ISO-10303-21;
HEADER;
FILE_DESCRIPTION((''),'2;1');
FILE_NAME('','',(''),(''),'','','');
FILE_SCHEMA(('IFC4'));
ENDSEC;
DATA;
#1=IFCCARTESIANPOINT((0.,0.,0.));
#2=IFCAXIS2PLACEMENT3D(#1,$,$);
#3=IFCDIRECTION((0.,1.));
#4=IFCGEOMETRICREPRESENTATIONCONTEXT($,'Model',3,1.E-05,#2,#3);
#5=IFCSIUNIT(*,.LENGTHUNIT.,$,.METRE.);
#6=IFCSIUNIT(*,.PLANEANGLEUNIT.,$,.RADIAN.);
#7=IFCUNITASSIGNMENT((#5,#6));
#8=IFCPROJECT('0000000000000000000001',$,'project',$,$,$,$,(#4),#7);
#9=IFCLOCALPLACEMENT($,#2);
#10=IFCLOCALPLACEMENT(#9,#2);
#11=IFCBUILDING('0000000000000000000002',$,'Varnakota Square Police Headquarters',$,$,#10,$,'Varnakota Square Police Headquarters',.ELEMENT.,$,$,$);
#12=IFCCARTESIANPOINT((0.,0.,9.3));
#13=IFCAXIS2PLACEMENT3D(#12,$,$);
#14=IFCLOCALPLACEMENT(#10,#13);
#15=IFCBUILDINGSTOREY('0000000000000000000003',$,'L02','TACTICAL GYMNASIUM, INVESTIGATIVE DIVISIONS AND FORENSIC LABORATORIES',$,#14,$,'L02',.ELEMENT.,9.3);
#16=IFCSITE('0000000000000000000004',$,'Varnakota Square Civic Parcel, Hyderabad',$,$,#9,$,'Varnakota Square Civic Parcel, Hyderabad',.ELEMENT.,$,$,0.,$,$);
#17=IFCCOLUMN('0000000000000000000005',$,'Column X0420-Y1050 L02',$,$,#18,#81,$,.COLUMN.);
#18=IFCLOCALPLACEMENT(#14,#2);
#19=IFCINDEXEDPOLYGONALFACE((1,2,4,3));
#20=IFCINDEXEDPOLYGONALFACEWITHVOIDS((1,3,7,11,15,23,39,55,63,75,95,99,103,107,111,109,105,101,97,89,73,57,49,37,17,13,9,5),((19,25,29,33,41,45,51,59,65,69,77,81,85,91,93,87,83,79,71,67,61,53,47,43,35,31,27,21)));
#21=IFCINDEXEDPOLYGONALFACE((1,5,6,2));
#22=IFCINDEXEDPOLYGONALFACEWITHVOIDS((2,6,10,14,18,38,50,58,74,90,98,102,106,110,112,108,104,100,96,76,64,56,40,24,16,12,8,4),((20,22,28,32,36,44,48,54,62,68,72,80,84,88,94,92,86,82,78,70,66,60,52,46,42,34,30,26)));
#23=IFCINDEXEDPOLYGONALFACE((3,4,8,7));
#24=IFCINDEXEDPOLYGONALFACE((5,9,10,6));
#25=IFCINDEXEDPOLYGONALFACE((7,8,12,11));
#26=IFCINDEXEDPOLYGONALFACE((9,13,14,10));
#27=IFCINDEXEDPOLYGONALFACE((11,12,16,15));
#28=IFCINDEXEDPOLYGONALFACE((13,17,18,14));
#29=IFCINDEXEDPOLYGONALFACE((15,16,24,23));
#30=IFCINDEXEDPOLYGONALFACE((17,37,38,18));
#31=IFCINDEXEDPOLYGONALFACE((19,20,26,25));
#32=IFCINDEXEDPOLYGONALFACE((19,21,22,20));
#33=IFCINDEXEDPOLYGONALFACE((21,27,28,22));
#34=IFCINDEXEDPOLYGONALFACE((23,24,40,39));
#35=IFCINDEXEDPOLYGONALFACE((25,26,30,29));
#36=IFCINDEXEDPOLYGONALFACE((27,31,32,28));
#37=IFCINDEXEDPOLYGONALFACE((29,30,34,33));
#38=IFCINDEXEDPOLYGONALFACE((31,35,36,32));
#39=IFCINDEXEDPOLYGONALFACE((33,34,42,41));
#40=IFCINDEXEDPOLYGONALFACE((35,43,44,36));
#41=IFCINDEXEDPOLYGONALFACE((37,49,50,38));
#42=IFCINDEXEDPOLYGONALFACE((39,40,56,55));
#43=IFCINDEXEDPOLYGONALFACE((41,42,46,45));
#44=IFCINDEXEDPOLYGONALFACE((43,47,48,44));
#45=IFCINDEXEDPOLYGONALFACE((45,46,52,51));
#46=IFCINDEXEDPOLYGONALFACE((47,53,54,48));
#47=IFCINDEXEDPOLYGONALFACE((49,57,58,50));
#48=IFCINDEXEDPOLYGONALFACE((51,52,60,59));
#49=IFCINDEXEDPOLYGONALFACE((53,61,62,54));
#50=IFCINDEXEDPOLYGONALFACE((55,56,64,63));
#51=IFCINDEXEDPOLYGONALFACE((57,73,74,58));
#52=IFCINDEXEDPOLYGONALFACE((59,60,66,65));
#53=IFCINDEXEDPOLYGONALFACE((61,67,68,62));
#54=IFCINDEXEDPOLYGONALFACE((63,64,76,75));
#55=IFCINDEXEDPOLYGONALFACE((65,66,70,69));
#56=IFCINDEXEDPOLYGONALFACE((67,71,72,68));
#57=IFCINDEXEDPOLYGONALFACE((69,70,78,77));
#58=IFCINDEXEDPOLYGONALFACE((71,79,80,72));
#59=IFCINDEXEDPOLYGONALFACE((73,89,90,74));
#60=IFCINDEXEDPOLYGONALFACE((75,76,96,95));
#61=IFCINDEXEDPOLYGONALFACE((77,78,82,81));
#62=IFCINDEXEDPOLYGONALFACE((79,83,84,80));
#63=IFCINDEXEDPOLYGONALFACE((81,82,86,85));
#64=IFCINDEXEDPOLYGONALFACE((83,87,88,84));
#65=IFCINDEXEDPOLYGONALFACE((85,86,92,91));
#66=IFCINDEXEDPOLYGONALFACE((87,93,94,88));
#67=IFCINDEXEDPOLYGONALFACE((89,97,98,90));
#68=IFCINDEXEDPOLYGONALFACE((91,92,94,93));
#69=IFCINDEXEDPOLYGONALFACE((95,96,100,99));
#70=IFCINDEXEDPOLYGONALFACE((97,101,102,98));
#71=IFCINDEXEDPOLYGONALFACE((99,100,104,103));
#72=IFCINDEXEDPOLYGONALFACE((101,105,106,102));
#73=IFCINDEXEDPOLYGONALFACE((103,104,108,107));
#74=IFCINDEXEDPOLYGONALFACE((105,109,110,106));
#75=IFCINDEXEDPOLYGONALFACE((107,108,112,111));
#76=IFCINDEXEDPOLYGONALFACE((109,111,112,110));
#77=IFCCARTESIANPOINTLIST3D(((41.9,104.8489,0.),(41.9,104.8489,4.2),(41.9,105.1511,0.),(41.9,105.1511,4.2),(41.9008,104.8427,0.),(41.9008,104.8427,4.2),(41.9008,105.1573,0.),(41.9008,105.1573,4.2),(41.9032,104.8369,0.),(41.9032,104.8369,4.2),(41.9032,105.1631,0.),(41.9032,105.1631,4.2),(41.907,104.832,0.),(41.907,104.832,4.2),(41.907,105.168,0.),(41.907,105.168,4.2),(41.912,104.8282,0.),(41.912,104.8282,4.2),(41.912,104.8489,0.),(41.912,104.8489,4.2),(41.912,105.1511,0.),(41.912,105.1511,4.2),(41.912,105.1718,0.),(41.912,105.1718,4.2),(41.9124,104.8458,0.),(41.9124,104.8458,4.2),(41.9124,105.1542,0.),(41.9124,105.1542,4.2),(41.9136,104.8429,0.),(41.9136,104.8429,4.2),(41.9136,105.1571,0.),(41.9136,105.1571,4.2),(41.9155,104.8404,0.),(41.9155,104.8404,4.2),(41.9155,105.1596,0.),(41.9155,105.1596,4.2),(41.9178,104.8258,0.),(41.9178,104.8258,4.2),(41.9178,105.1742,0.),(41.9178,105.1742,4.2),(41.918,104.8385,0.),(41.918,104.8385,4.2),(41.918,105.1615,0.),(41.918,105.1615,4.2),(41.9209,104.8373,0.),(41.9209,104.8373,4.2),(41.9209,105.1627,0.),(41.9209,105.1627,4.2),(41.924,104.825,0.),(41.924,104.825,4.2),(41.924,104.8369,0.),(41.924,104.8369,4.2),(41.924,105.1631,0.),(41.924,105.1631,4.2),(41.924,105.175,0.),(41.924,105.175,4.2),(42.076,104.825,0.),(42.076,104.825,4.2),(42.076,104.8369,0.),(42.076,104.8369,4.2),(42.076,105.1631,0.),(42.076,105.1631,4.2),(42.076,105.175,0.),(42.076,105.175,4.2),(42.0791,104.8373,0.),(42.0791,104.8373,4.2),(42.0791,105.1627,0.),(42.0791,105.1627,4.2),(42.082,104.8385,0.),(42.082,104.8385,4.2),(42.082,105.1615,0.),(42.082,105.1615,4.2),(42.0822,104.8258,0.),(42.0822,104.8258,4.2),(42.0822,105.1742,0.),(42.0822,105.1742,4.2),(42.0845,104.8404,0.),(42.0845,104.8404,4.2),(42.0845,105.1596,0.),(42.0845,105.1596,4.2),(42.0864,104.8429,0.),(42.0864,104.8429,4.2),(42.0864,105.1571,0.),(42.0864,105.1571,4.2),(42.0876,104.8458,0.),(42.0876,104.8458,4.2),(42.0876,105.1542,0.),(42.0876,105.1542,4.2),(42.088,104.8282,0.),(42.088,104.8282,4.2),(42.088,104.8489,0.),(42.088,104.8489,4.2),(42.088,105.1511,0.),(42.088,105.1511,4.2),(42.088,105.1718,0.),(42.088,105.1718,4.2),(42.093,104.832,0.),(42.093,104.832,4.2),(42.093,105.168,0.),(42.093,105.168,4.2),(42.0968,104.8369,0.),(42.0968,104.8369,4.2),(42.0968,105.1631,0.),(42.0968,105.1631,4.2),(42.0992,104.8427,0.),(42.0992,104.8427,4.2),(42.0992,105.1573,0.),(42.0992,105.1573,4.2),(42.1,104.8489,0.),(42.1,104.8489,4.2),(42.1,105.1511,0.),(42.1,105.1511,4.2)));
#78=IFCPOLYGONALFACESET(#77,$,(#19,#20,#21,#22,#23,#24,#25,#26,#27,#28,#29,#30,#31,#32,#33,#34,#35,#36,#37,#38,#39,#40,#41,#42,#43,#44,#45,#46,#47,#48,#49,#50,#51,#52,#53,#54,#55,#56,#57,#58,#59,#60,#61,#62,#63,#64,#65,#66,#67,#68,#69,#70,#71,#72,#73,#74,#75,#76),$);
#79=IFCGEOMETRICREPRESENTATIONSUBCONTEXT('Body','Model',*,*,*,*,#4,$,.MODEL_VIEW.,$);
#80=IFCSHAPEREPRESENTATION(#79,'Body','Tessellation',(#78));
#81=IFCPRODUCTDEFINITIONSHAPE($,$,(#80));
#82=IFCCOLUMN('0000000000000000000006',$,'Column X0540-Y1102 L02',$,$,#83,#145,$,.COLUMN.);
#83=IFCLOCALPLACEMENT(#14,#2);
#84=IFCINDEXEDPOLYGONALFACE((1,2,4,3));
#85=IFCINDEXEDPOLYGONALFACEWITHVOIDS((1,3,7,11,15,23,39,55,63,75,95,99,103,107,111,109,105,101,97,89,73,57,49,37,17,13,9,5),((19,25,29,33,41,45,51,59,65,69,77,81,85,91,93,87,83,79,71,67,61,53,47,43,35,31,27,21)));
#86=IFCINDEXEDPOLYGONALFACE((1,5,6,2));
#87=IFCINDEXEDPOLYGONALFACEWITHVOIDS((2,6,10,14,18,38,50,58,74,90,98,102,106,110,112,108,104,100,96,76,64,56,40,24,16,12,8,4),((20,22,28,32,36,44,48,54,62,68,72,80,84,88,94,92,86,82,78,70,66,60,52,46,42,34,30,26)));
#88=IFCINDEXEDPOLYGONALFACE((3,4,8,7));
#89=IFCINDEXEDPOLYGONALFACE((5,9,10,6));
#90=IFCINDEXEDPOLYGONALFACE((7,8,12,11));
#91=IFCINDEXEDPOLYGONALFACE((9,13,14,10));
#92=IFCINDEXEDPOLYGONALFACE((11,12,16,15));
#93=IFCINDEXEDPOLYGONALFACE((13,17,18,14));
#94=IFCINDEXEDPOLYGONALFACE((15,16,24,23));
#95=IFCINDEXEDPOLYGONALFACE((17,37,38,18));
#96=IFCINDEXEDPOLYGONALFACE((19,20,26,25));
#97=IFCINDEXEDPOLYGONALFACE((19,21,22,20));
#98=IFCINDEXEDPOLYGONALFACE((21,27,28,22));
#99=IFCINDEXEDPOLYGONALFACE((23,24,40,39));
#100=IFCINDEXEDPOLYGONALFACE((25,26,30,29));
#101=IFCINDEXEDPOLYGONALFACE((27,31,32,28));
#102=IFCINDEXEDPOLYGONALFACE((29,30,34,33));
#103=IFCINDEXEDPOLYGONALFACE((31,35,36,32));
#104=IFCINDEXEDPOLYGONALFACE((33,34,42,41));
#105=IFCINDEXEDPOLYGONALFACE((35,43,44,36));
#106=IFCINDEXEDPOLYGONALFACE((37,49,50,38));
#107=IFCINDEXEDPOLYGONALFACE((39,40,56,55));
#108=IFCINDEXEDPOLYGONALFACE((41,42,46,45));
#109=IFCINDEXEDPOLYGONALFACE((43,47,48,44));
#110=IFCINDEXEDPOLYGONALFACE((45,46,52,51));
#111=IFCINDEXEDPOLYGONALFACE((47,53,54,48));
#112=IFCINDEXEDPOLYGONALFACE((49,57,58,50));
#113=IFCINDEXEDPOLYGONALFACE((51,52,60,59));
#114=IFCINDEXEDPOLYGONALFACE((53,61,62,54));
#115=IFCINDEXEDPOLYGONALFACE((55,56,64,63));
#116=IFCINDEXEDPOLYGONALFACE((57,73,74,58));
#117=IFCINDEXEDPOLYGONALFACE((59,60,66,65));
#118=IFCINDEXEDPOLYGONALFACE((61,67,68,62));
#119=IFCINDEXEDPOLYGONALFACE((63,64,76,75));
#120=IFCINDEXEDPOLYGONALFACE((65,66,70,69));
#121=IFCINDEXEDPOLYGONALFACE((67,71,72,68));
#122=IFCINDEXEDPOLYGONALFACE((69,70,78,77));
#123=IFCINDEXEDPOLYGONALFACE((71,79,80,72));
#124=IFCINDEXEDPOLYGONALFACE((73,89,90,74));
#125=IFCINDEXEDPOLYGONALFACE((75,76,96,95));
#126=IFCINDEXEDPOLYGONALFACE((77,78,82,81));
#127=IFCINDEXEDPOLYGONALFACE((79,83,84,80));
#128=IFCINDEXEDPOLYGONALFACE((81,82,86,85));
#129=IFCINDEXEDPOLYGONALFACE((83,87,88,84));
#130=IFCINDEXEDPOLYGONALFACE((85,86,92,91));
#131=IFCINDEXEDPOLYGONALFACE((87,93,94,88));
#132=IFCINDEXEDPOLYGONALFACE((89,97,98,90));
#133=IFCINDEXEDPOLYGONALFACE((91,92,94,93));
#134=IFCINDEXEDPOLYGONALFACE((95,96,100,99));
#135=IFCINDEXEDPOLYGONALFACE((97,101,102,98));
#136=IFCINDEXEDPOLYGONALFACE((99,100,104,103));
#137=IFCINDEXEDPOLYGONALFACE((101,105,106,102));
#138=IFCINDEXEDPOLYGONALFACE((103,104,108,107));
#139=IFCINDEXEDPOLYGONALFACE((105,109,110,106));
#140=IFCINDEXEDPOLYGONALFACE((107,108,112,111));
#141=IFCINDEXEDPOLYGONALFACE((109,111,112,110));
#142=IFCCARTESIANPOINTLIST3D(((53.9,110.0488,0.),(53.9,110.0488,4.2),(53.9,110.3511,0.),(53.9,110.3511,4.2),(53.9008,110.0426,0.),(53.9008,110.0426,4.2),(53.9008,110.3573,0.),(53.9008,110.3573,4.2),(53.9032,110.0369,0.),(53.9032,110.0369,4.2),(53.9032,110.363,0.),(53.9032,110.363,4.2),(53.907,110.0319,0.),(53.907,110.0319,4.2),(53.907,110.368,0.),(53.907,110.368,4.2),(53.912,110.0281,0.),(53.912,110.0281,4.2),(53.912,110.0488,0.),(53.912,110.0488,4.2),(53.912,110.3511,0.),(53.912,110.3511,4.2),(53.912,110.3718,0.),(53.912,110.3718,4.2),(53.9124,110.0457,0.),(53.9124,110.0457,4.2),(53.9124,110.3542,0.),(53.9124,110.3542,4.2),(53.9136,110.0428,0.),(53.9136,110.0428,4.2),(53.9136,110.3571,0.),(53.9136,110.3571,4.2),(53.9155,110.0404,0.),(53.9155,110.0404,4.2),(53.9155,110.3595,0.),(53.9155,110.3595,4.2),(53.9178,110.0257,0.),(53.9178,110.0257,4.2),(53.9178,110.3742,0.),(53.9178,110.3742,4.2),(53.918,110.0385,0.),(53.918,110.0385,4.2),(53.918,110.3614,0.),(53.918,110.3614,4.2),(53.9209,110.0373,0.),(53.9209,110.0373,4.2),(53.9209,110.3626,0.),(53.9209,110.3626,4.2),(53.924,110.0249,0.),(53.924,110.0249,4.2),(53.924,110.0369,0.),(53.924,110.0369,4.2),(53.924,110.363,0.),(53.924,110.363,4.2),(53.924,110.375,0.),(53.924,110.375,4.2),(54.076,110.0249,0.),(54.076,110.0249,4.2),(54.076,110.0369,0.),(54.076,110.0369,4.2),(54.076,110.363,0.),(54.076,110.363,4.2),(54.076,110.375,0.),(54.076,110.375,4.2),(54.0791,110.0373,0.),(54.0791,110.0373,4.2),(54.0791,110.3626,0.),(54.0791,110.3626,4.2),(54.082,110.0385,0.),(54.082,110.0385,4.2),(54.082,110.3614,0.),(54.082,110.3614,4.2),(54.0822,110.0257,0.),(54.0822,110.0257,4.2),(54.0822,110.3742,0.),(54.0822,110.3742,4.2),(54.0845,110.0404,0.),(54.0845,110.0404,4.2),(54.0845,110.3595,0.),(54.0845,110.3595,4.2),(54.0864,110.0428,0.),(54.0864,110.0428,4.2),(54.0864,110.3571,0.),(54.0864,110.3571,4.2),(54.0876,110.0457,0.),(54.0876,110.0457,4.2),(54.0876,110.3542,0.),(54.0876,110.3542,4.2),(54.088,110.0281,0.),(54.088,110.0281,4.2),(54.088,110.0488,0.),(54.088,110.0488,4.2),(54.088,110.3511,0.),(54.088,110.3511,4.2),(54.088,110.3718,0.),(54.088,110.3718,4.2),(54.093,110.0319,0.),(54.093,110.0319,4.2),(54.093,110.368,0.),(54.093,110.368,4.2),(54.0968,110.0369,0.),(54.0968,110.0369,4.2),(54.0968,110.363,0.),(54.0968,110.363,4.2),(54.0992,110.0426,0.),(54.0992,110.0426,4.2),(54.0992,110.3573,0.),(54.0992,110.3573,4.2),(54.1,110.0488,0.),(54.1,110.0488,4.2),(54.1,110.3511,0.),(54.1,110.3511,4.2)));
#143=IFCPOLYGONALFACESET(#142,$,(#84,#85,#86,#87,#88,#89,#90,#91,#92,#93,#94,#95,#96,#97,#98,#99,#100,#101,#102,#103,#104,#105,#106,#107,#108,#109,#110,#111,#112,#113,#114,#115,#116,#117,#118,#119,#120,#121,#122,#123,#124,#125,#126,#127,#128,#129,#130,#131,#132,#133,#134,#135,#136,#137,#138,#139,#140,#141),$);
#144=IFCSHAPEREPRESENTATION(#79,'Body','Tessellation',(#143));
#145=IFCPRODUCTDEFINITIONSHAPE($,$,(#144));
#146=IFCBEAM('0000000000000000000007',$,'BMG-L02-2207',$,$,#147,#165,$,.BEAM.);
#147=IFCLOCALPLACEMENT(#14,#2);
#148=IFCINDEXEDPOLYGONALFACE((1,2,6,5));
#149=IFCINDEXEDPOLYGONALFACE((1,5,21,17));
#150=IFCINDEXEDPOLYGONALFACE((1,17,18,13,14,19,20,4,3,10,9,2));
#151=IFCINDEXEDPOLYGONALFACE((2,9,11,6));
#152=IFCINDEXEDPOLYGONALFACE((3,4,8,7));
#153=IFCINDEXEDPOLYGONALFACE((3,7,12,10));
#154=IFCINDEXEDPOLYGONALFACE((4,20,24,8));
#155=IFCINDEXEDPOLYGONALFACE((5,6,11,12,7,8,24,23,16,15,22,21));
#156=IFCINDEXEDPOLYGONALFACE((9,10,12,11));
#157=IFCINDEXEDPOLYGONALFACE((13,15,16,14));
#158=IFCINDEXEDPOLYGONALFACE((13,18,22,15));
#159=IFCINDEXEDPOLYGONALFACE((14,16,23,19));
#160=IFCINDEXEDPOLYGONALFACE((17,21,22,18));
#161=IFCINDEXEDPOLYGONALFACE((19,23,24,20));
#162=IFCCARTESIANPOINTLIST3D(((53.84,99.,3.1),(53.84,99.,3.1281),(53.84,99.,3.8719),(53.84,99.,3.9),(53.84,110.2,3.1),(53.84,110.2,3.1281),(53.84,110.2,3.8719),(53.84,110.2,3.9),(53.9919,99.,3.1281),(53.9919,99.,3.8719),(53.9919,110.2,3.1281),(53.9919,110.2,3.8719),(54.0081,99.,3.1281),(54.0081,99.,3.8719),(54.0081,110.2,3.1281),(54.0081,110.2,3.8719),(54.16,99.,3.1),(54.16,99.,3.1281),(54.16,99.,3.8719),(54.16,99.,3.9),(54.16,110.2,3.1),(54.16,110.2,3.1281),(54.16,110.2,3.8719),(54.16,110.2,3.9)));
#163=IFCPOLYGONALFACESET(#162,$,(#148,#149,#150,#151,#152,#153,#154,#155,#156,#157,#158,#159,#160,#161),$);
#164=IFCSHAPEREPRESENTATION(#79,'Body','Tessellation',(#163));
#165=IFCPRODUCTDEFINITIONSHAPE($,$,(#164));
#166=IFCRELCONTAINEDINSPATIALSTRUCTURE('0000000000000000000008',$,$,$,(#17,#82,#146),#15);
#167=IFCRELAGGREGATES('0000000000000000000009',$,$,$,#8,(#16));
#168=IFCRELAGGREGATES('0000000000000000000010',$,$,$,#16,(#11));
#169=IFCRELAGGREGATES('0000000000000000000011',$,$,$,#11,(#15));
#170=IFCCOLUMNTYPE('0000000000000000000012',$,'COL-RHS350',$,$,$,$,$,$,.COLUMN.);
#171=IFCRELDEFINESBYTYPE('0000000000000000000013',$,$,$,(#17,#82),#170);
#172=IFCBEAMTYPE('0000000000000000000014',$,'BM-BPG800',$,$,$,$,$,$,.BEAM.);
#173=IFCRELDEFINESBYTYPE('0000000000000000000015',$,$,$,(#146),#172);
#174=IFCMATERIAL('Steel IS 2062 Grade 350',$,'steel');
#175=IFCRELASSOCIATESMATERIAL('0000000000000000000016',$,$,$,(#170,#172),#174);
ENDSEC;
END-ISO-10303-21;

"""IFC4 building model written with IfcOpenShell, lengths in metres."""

from ifc_helpers import new_model, si_unit, direction, frame, origin, origin_2d, place, context, subcontext, project, spatial, hollow_rectangle, i_section, extrude, material, material_profile, profile_set, type_object, element, save


model = new_model("IFC4")

# Units and contexts
model_context = context("Model", 3, precision=1e-05, world=origin(), true_north=direction((0.0, 1.0)))
body_context = subcontext(model_context, "Body", "Model", "MODEL_VIEW")
ifc_project = project(units=[si_unit("LENGTHUNIT", "METRE"), si_unit("PLANEANGLEUNIT", "RADIAN")], contexts=[model_context])

# Site, building, storey
site_placement = place(None, origin())
site = spatial("IfcSite", under=ifc_project, at=site_placement, Name="Varnakota Square Civic Parcel, Hyderabad", LongName="Varnakota Square Civic Parcel, Hyderabad", CompositionType="ELEMENT", RefElevation=0.0)
building_placement = place(site_placement, origin())
building = spatial("IfcBuilding", under=site, at=building_placement, Name="Varnakota Square Police Headquarters", LongName="Varnakota Square Police Headquarters", CompositionType="ELEMENT")
storey_placement = place(building_placement, frame((0.0, 0.0, 9.3)))
storey = spatial("IfcBuildingStorey", under=building, at=storey_placement, Name="L02", Description="TACTICAL GYMNASIUM, INVESTIGATIVE DIVISIONS AND FORENSIC LABORATORIES", LongName="L02", CompositionType="ELEMENT", Elevation=9.3)

# Columns
ifc_material_1 = material(Name="Steel IS 2062 Grade 350", Category="steel")
ifc_material_profile_1 = material_profile(ifc_material_1, hollow_rectangle(XDim=0.2, YDim=0.3501, WallThickness=0.012, InnerFilletRadius=0.012, OuterFilletRadius=0.0239, at=origin_2d()), Name="RHS 350x200x12")
ifc_profile_set_1 = profile_set([ifc_material_profile_1], Name="Steel IS 2062 Grade 350")
column_type_1 = type_object("IfcColumnType", Name="COL-RHS350", PredefinedType="COLUMN", material=ifc_profile_set_1)
for number, where, z_axis, x_axis, name in (
    (1, (42.0, 105.0, 0.0), (0.0, 0.0, 1.0), (1.0, 0.0, 0.0), "Column X0420-Y1050 L02"),
    (2, (54.0, 110.2, 0.0), (0.0, 0.0, 1.0), (1.0, 0.0, 0.0), "Column X0540-Y1102 L02"),
):
    element("IfcColumn", number, at=place(storey_placement, frame(where, z_axis=z_axis, x_axis=x_axis)), inside=storey, type_object=column_type_1, Name=name, PredefinedType="COLUMN", context=body_context, shape_type="SweptSolid", body=[
        extrude(hollow_rectangle(XDim=0.2, YDim=0.3501, WallThickness=0.012, InnerFilletRadius=0.012, OuterFilletRadius=0.0239, at=origin_2d()), origin(), (0.0, 0.0, 1.0), 4.2),
    ])

# Beam
ifc_material_profile_2 = material_profile(ifc_material_1, i_section(OverallWidth=0.3201, OverallDepth=0.8, WebThickness=0.0161, FlangeThickness=0.0281, at=origin_2d()), Name="BPG 800x320")
ifc_profile_set_2 = profile_set([ifc_material_profile_2], Name="Steel IS 2062 Grade 350")
beam_type_1 = type_object("IfcBeamType", Name="BM-BPG800", PredefinedType="BEAM", material=ifc_profile_set_2)
beam_1_placement = place(storey_placement, frame((54.0, 99.0, 3.5), z_axis=(0.0, 1.0, 0.0), x_axis=(-1.0, 0.0, 0.0)))
element("IfcBeam", 3, at=beam_1_placement, inside=storey, type_object=beam_type_1, Name="BMG-L02-2207", PredefinedType="BEAM", context=body_context, shape_type="SweptSolid", body=[
    extrude(i_section(OverallWidth=0.3201, OverallDepth=0.8, WebThickness=0.0161, FlangeThickness=0.0281, at=origin_2d()), origin(), (0.0, 0.0, 1.0), 11.2),
])

save(model, "model.ifc")
